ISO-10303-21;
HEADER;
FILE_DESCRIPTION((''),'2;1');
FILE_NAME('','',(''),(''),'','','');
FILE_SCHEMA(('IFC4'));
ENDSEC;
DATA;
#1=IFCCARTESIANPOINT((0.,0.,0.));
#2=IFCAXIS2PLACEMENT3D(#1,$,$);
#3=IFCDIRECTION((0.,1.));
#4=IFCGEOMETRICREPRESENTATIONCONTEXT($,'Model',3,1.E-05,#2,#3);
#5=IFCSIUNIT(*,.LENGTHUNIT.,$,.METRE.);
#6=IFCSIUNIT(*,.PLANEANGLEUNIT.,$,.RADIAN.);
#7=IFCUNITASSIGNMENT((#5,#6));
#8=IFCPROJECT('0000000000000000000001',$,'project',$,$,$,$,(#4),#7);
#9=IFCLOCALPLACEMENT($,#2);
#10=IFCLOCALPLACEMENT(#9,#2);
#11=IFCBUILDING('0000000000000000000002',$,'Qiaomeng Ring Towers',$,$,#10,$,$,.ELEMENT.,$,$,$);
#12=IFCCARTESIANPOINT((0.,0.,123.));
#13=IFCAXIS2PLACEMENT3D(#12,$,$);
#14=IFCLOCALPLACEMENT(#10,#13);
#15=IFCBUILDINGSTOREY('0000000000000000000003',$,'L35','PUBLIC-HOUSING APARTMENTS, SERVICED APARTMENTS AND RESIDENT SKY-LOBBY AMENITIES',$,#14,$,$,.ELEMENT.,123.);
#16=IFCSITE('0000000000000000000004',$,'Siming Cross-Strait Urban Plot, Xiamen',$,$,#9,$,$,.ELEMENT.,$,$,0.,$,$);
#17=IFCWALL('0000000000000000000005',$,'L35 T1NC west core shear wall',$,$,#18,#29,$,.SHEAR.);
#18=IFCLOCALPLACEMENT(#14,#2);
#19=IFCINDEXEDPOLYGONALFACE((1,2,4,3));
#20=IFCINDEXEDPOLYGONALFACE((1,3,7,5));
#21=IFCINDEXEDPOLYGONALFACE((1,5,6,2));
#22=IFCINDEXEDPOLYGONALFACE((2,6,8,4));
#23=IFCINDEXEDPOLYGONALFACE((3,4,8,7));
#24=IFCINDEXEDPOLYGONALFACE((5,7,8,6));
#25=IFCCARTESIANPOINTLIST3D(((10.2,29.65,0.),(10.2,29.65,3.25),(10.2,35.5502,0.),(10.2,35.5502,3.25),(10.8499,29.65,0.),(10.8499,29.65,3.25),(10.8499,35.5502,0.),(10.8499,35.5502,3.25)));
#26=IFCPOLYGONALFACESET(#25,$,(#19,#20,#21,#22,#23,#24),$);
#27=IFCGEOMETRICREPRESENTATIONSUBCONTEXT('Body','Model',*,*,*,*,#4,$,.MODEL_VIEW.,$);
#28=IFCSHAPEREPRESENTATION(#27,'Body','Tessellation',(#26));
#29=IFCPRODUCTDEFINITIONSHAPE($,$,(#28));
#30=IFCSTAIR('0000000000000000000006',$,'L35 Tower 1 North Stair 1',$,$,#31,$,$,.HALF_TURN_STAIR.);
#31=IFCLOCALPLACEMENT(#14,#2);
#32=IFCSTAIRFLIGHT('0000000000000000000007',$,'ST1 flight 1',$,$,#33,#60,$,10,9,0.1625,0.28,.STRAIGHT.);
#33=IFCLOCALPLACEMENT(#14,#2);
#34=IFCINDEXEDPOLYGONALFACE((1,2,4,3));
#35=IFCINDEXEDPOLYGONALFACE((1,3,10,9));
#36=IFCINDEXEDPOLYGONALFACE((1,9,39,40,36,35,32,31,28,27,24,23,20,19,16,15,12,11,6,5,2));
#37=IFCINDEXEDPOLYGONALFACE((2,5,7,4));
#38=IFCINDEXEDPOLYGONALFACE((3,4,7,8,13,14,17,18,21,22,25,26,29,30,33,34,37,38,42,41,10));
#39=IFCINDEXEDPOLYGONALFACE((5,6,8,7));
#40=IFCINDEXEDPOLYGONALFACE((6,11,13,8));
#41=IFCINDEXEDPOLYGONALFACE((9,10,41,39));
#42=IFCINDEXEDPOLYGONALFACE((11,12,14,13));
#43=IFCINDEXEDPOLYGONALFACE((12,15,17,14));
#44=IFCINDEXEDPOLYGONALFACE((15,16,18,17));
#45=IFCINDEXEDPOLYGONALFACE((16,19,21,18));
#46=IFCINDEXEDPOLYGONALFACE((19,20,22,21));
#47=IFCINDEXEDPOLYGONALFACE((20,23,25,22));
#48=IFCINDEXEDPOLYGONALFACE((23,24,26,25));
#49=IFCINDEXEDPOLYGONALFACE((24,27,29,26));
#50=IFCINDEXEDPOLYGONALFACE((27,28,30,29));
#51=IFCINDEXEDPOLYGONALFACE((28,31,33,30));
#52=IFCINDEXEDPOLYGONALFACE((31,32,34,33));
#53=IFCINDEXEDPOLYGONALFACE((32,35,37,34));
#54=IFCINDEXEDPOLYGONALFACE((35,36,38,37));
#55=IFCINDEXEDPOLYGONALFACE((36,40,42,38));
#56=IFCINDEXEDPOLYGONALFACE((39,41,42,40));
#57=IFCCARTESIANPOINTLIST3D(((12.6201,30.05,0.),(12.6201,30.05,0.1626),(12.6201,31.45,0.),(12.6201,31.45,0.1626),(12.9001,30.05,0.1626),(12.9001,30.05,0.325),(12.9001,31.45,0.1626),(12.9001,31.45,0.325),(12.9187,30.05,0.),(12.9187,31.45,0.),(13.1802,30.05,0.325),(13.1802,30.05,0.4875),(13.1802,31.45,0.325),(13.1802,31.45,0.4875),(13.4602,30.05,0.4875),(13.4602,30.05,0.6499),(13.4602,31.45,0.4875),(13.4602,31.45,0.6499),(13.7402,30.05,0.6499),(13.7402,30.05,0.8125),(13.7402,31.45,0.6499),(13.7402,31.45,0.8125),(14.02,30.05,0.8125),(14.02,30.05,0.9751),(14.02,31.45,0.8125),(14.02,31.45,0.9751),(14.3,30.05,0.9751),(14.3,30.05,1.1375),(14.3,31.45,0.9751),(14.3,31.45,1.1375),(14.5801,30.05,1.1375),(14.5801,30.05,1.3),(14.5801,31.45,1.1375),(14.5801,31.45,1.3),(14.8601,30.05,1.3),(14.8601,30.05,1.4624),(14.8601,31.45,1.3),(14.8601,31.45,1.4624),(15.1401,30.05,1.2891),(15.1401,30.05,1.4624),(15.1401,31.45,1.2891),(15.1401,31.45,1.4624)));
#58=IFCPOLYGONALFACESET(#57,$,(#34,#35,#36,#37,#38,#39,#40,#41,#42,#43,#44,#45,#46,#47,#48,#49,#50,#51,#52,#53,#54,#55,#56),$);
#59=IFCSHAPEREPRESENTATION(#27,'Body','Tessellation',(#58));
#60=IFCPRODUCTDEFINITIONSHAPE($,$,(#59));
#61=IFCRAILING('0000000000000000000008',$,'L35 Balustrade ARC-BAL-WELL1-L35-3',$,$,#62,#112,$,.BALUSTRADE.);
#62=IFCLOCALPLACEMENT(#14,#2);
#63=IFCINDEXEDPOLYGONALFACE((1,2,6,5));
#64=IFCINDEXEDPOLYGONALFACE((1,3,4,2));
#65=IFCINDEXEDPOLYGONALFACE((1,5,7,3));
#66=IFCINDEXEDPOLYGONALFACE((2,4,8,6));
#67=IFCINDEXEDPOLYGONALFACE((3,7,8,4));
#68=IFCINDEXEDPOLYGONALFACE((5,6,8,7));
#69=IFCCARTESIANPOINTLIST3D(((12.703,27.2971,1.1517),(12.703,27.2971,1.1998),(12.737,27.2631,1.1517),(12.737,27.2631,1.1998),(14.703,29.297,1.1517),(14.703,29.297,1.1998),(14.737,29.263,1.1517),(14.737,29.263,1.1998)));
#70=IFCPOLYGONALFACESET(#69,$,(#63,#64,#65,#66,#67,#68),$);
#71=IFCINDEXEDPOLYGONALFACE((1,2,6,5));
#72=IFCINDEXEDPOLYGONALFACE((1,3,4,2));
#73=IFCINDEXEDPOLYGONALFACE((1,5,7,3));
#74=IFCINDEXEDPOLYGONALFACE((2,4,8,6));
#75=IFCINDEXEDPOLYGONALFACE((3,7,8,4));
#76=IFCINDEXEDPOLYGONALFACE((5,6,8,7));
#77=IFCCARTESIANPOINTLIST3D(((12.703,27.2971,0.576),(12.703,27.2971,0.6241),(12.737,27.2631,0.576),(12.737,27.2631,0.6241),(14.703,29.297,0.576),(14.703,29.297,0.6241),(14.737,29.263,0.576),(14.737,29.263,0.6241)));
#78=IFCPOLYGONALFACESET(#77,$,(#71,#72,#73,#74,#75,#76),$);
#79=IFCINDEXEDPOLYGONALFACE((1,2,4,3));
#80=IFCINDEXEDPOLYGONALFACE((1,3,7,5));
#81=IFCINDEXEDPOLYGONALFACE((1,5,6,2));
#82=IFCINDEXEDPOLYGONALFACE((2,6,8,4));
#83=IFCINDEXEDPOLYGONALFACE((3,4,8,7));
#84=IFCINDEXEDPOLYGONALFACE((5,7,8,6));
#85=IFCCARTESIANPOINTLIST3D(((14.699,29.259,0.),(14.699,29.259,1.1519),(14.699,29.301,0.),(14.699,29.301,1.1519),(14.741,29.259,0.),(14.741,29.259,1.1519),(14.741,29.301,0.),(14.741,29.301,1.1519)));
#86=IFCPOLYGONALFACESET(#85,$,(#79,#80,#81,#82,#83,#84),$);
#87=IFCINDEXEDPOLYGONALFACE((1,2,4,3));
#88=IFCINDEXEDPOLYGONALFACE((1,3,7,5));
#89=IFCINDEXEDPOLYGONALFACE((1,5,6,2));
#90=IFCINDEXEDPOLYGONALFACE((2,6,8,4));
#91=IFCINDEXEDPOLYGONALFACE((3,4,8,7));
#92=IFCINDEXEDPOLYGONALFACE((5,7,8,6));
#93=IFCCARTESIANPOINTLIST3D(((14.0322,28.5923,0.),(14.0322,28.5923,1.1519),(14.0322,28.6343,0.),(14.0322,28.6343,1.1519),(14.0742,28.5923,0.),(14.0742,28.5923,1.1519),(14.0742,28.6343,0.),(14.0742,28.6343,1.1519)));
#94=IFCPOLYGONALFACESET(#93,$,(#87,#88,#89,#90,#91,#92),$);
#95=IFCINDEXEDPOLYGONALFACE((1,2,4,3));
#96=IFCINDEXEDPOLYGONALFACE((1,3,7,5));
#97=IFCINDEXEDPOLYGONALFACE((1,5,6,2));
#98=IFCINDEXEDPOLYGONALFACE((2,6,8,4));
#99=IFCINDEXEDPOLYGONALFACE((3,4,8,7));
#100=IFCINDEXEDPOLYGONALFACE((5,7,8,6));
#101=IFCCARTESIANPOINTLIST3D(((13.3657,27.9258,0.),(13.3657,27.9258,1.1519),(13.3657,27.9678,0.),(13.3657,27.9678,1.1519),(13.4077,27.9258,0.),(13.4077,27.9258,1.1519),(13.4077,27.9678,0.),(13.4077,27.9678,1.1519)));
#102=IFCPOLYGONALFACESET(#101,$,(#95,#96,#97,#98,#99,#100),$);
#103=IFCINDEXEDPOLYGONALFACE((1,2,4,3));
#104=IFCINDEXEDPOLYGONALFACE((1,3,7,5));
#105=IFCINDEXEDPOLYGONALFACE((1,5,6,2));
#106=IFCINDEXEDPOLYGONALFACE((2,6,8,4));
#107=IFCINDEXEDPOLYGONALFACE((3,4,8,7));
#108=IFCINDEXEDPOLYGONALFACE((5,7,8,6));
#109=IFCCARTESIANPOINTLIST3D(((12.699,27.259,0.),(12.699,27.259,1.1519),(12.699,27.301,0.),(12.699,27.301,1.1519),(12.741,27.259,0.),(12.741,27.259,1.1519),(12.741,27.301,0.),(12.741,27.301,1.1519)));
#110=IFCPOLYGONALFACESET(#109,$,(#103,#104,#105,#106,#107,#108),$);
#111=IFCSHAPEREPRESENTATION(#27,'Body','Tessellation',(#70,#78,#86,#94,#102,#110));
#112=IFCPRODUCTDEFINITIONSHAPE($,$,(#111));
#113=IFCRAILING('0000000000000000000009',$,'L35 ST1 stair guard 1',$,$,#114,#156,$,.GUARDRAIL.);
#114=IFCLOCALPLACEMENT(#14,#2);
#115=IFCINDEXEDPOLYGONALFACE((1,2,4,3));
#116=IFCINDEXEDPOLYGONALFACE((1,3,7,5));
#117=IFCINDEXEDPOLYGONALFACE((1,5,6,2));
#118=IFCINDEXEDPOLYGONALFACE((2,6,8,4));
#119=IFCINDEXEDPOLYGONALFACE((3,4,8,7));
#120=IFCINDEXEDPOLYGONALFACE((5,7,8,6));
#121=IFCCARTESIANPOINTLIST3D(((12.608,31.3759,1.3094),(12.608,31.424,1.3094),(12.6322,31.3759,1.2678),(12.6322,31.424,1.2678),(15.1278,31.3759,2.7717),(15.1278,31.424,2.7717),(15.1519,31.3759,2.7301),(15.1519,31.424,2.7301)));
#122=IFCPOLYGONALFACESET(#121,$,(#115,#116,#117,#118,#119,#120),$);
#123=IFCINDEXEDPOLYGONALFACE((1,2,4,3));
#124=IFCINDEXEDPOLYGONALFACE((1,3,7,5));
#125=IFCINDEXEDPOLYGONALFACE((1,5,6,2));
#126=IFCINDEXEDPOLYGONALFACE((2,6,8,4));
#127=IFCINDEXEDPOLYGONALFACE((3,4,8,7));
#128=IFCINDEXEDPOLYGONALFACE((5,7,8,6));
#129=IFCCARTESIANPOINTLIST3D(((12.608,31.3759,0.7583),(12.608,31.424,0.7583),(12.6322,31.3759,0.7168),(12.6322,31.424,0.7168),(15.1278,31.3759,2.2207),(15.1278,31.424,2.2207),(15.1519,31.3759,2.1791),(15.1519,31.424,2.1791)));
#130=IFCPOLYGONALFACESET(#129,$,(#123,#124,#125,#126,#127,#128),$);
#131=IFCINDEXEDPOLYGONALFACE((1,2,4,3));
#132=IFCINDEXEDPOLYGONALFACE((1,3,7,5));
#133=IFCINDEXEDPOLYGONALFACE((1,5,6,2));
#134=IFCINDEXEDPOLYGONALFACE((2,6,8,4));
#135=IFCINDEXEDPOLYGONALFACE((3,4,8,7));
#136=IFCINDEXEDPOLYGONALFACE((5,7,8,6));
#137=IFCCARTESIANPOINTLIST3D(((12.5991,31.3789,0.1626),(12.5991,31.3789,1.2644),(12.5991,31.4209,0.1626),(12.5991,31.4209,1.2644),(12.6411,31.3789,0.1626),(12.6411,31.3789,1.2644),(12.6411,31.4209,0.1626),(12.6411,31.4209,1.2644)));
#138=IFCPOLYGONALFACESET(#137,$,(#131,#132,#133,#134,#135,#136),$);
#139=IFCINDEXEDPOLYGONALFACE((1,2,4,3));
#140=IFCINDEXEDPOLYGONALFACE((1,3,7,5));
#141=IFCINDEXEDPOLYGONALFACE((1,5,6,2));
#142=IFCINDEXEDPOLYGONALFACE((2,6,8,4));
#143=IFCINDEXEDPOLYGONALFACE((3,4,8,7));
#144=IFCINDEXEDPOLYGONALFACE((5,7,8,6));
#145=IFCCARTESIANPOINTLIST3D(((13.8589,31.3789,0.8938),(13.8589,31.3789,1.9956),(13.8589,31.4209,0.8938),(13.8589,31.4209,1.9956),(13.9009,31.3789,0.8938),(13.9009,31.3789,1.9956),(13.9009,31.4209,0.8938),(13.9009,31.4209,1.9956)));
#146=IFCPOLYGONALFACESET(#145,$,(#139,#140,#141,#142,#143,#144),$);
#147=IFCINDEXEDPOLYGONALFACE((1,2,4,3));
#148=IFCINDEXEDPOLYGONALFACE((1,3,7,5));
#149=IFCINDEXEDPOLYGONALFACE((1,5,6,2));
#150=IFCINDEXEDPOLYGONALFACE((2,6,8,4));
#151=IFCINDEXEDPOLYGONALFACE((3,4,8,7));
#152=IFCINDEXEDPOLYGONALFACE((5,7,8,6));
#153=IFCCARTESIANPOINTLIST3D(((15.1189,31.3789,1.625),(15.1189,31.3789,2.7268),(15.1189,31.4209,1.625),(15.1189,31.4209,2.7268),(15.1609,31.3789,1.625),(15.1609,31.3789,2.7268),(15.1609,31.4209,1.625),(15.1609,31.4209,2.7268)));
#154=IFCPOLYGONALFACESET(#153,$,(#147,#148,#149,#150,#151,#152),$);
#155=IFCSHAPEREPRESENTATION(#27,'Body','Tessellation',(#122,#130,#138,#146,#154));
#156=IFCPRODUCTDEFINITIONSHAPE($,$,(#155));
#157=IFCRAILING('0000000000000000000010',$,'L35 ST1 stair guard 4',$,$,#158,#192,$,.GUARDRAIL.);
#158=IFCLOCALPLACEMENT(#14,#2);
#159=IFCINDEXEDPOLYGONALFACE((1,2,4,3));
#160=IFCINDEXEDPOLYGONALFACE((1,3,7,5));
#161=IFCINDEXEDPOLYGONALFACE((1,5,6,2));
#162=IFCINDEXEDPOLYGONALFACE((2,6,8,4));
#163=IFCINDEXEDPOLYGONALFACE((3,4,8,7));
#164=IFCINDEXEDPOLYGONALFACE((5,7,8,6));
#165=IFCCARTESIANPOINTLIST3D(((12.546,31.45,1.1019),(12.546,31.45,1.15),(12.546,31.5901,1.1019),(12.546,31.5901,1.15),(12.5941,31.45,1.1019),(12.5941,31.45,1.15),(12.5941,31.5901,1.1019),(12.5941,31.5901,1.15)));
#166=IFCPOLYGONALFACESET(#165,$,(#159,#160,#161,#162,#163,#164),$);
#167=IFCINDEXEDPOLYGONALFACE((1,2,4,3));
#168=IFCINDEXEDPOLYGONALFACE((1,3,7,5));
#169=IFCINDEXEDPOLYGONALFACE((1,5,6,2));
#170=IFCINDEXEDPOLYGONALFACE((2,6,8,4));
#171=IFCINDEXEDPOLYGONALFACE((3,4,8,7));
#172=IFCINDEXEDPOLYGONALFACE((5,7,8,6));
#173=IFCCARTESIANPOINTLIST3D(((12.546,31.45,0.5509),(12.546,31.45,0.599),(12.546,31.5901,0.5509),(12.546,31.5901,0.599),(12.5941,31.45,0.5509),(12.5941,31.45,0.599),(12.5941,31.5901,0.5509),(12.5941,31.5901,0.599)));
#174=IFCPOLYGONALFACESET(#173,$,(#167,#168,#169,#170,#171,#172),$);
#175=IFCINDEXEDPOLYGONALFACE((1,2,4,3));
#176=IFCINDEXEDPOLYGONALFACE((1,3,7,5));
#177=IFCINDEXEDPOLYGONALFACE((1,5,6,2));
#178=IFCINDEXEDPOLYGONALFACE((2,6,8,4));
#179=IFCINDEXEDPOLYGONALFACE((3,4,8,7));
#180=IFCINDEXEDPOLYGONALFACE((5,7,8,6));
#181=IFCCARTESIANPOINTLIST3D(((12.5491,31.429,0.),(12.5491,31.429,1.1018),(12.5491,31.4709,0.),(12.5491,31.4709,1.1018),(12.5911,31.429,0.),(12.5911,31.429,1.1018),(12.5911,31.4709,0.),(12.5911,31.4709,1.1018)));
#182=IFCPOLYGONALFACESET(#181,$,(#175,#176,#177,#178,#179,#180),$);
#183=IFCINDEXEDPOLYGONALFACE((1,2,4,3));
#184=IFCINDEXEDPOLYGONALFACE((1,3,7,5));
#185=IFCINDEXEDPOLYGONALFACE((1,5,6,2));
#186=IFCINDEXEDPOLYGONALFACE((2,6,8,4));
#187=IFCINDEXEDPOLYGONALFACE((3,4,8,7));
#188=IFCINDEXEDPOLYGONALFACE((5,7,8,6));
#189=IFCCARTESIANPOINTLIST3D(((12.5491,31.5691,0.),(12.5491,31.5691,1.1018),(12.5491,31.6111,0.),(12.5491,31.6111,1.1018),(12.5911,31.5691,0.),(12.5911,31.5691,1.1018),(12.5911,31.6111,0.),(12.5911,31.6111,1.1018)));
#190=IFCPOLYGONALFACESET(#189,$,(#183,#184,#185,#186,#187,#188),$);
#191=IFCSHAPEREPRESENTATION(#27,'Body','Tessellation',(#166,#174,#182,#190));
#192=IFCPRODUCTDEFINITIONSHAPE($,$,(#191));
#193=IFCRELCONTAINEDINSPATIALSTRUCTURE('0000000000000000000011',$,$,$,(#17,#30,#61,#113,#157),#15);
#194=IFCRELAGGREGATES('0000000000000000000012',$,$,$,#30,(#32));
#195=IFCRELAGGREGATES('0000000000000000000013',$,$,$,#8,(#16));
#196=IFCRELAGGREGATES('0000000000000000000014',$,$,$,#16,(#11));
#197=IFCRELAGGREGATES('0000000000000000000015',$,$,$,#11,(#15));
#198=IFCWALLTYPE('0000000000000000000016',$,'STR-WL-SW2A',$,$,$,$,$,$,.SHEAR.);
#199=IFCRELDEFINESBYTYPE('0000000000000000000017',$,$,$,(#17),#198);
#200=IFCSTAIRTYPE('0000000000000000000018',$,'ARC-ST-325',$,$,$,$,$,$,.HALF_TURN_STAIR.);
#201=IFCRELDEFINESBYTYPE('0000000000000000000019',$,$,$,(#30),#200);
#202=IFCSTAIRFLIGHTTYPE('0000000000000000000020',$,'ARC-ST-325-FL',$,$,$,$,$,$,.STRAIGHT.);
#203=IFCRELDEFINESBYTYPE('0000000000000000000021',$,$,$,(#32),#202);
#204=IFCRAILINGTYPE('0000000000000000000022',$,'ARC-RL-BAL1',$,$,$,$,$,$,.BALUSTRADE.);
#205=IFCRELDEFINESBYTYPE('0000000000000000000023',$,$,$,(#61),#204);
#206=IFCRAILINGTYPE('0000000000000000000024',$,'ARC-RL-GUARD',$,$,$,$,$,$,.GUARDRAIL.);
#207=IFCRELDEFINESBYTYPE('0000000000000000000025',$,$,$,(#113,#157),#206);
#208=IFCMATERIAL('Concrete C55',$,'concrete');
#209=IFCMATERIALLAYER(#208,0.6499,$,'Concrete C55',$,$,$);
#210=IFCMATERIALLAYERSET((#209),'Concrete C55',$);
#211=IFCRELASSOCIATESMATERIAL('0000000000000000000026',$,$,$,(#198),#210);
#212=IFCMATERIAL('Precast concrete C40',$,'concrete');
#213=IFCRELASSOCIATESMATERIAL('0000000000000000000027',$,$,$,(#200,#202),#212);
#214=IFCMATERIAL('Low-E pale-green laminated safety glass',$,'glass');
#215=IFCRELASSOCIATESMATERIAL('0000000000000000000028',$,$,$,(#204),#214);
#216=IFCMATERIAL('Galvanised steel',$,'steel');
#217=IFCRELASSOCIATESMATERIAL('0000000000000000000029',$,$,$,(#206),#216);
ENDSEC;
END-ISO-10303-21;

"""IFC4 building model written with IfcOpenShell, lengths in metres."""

from ifc_helpers import new_model, si_unit, direction, frame, frame_2d, origin, origin_2d, place, context, subcontext, project, spatial, polyline, rectangle, outline, extrude, source, transform, mapped, material, layer, layer_set, type_object, element, aggregate, save


model = new_model("IFC4")

# Units and contexts
model_context = context("Model", 3, precision=1e-05, world=origin(), true_north=direction((0.0, 1.0)))
body_context = subcontext(model_context, "Body", "Model", "MODEL_VIEW")
ifc_project = project(units=[si_unit("LENGTHUNIT", "METRE"), si_unit("PLANEANGLEUNIT", "RADIAN")], contexts=[model_context])

# Site, building, storey
site_placement = place(None, origin())
site = spatial("IfcSite", under=ifc_project, at=site_placement, Name="Siming Cross-Strait Urban Plot, Xiamen", CompositionType="ELEMENT", RefElevation=0.0)
building_placement = place(site_placement, origin())
building = spatial("IfcBuilding", under=site, at=building_placement, Name="Qiaomeng Ring Towers", CompositionType="ELEMENT")
storey_placement = place(building_placement, frame((0.0, 0.0, 123.0)))
storey = spatial("IfcBuildingStorey", under=building, at=storey_placement, Name="L35", Description="PUBLIC-HOUSING APARTMENTS, SERVICED APARTMENTS AND RESIDENT SKY-LOBBY AMENITIES", CompositionType="ELEMENT", Elevation=123.0)

# Shared definitions
ifc_material_1 = material(Name="Concrete C55", Category="concrete")

# Wall
ifc_layer_1 = layer(ifc_material_1, 0.6499, Name="Concrete C55")
ifc_layer_set_1 = layer_set([ifc_layer_1], Name="Concrete C55")
wall_type_1 = type_object("IfcWallType", Name="STR-WL-SW2A", PredefinedType="SHEAR", material=ifc_layer_set_1)
wall_1_placement = place(storey_placement, frame((10.5249, 29.6499, 0.0), z_axis=(0.0, 0.0, 1.0), x_axis=(0.0, 1.0, 0.0)))
element("IfcWall", 1, at=wall_1_placement, inside=storey, type_object=wall_type_1, Name="L35 T1NC west core shear wall", PredefinedType="SHEAR", context=body_context, shape_type="SweptSolid", body=[
    extrude(rectangle(XDim=5.9001, YDim=0.6499, at=frame_2d((2.9502, 0.0))), origin(), (0.0, 0.0, 1.0), 3.25),
])

# Stair, stair flight
ifc_material_2 = material(Name="Precast concrete C40", Category="concrete")
stair_type = type_object("IfcStairType", Name="ARC-ST-325", PredefinedType="HALF_TURN_STAIR", material=ifc_material_2)
stair_placement = place(storey_placement, origin())
stair = element("IfcStair", 2, at=stair_placement, inside=storey, type_object=stair_type, Name="L35 Tower 1 North Stair 1", PredefinedType="HALF_TURN_STAIR")
stair_flight_type = type_object("IfcStairFlightType", Name="ARC-ST-325-FL", PredefinedType="STRAIGHT", material=ifc_material_2)
shared_shape_1 = source(origin(), body_context, "Body", "SweptSolid", [
    extrude(outline(polyline([(0.0, 0.0), (0.0, 0.1626), (0.28, 0.1626), (0.28, 0.325), (0.5601, 0.325), (0.5601, 0.4875), (0.8401, 0.4875), (0.8401, 0.6499), (1.1201, 0.6499), (1.1201, 0.8125), (1.3999, 0.8125), (1.3999, 0.9751), (1.6799, 0.9751), (1.6799, 1.1375), (1.96, 1.1375), (1.96, 1.3), (2.24, 1.3), (2.24, 1.4624), (2.52, 1.4624), (2.52, 1.625), (2.52, 1.2891), (0.2986, 0.0), (0.0, 0.0)])), frame((0.0, 0.7, 0.0), z_axis=(0.0, -1.0, 0.0), x_axis=(1.0, 0.0, 0.0)), (0.0, 0.0, 1.0), 1.3999),
])
stair_flight_placement = place(storey_placement, frame((12.6201, 30.75, 0.0), z_axis=(0.0, 0.0, 1.0), x_axis=(1.0, 0.0, 0.0)))
stair_flight = element("IfcStairFlight", 3, at=stair_flight_placement, type_object=stair_flight_type, Name="ST1 flight 1", NumberOfRisers=10, NumberOfTreads=9, PredefinedType="STRAIGHT", RiserHeight=0.1625, TreadLength=0.28, context=body_context, shape_type="MappedRepresentation", body=[
    mapped(shared_shape_1, transform((0.0, 0.0, 0.0), x_axis=(1.0, 0.0, 0.0), y_axis=(0.0, 1.0, 0.0), z_axis=(0.0, 0.0, 1.0), scale=1.0)),
])
aggregate(stair, [stair_flight])

# Railings
ifc_material_3 = material(Name="Low-E pale-green laminated safety glass", Category="glass")
railing_type_1 = type_object("IfcRailingType", Name="ARC-RL-BAL1", PredefinedType="BALUSTRADE", material=ifc_material_3)
railing_1_placement = place(storey_placement, frame((14.72, 29.28, 0.0)))
element("IfcRailing", 4, at=railing_1_placement, inside=storey, type_object=railing_type_1, Name="L35 Balustrade ARC-BAL-WELL1-L35-3", PredefinedType="BALUSTRADE", context=body_context, shape_type="SweptSolid", body=[
    extrude(rectangle(XDim=0.0481, YDim=0.0481, at=origin_2d()), frame((0.0, 0.0, 1.1758), z_axis=(-0.707107, -0.707107, 0.0), x_axis=(0.707107, -0.707107, 0.0)), (0.0, 0.0, 1.0), 2.8284),
    extrude(rectangle(XDim=0.0481, YDim=0.0481, at=origin_2d()), frame((0.0, 0.0, 0.6001), z_axis=(-0.707107, -0.707107, 0.0), x_axis=(0.707107, -0.707107, 0.0)), (0.0, 0.0, 1.0), 2.8284),
    extrude(rectangle(XDim=0.042, YDim=0.042, at=origin_2d()), origin(), (0.0, 0.0, 1.0), 1.1519),
    extrude(rectangle(XDim=0.042, YDim=0.042, at=origin_2d()), frame((-0.6667, -0.6667, 0.0)), (0.0, 0.0, 1.0), 1.1519),
    extrude(rectangle(XDim=0.042, YDim=0.042, at=origin_2d()), frame((-1.3333, -1.3333, 0.0)), (0.0, 0.0, 1.0), 1.1519),
    extrude(rectangle(XDim=0.042, YDim=0.042, at=origin_2d()), frame((-2.0, -2.0, 0.0)), (0.0, 0.0, 1.0), 1.1519),
])
ifc_material_4 = material(Name="Galvanised steel", Category="steel")
railing_type_2 = type_object("IfcRailingType", Name="ARC-RL-GUARD", PredefinedType="GUARDRAIL", material=ifc_material_4)
railing_2_placement = place(storey_placement, frame((12.6201, 31.3999, 0.1626)))
element("IfcRailing", 5, at=railing_2_placement, inside=storey, type_object=railing_type_2, Name="L35 ST1 stair guard 1", PredefinedType="GUARDRAIL", context=body_context, shape_type="SweptSolid", body=[
    extrude(rectangle(XDim=0.0481, YDim=0.0481, at=origin_2d()), frame((0.0, 0.0, 1.126), z_axis=(0.864892, 0.0, 0.501958), x_axis=(0.0, 1.0, 0.0)), (0.0, 0.0, 1.0), 2.9133),
    extrude(rectangle(XDim=0.0481, YDim=0.0481, at=origin_2d()), frame((0.0, 0.0, 0.575), z_axis=(0.864892, 0.0, 0.501958), x_axis=(0.0, 1.0, 0.0)), (0.0, 0.0, 1.0), 2.9133),
    extrude(rectangle(XDim=0.042, YDim=0.042, at=origin_2d()), origin(), (0.0, 0.0, 1.0), 1.1018),
    extrude(rectangle(XDim=0.042, YDim=0.042, at=origin_2d()), frame((1.2598, 0.0, 0.7312)), (0.0, 0.0, 1.0), 1.1018),
    extrude(rectangle(XDim=0.042, YDim=0.042, at=origin_2d()), frame((2.5198, 0.0, 1.4624)), (0.0, 0.0, 1.0), 1.1018),
])
railing_3_placement = place(storey_placement, frame((12.5701, 31.45, 0.0)))
element("IfcRailing", 6, at=railing_3_placement, inside=storey, type_object=railing_type_2, Name="L35 ST1 stair guard 4", PredefinedType="GUARDRAIL", context=body_context, shape_type="SweptSolid", body=[
    extrude(rectangle(XDim=0.0481, YDim=0.0481, at=origin_2d()), frame((0.0, 0.0, 1.126), z_axis=(0.0, 1.0, 0.0), x_axis=(-1.0, 0.0, 0.0)), (0.0, 0.0, 1.0), 0.1401),
    extrude(rectangle(XDim=0.0481, YDim=0.0481, at=origin_2d()), frame((0.0, 0.0, 0.575), z_axis=(0.0, 1.0, 0.0), x_axis=(-1.0, 0.0, 0.0)), (0.0, 0.0, 1.0), 0.1401),
    extrude(rectangle(XDim=0.042, YDim=0.042, at=origin_2d()), origin(), (0.0, 0.0, 1.0), 1.1018),
    extrude(rectangle(XDim=0.042, YDim=0.042, at=origin_2d()), frame((0.0, 0.1401, 0.0)), (0.0, 0.0, 1.0), 1.1018),
])

save(model, "model.ifc")
